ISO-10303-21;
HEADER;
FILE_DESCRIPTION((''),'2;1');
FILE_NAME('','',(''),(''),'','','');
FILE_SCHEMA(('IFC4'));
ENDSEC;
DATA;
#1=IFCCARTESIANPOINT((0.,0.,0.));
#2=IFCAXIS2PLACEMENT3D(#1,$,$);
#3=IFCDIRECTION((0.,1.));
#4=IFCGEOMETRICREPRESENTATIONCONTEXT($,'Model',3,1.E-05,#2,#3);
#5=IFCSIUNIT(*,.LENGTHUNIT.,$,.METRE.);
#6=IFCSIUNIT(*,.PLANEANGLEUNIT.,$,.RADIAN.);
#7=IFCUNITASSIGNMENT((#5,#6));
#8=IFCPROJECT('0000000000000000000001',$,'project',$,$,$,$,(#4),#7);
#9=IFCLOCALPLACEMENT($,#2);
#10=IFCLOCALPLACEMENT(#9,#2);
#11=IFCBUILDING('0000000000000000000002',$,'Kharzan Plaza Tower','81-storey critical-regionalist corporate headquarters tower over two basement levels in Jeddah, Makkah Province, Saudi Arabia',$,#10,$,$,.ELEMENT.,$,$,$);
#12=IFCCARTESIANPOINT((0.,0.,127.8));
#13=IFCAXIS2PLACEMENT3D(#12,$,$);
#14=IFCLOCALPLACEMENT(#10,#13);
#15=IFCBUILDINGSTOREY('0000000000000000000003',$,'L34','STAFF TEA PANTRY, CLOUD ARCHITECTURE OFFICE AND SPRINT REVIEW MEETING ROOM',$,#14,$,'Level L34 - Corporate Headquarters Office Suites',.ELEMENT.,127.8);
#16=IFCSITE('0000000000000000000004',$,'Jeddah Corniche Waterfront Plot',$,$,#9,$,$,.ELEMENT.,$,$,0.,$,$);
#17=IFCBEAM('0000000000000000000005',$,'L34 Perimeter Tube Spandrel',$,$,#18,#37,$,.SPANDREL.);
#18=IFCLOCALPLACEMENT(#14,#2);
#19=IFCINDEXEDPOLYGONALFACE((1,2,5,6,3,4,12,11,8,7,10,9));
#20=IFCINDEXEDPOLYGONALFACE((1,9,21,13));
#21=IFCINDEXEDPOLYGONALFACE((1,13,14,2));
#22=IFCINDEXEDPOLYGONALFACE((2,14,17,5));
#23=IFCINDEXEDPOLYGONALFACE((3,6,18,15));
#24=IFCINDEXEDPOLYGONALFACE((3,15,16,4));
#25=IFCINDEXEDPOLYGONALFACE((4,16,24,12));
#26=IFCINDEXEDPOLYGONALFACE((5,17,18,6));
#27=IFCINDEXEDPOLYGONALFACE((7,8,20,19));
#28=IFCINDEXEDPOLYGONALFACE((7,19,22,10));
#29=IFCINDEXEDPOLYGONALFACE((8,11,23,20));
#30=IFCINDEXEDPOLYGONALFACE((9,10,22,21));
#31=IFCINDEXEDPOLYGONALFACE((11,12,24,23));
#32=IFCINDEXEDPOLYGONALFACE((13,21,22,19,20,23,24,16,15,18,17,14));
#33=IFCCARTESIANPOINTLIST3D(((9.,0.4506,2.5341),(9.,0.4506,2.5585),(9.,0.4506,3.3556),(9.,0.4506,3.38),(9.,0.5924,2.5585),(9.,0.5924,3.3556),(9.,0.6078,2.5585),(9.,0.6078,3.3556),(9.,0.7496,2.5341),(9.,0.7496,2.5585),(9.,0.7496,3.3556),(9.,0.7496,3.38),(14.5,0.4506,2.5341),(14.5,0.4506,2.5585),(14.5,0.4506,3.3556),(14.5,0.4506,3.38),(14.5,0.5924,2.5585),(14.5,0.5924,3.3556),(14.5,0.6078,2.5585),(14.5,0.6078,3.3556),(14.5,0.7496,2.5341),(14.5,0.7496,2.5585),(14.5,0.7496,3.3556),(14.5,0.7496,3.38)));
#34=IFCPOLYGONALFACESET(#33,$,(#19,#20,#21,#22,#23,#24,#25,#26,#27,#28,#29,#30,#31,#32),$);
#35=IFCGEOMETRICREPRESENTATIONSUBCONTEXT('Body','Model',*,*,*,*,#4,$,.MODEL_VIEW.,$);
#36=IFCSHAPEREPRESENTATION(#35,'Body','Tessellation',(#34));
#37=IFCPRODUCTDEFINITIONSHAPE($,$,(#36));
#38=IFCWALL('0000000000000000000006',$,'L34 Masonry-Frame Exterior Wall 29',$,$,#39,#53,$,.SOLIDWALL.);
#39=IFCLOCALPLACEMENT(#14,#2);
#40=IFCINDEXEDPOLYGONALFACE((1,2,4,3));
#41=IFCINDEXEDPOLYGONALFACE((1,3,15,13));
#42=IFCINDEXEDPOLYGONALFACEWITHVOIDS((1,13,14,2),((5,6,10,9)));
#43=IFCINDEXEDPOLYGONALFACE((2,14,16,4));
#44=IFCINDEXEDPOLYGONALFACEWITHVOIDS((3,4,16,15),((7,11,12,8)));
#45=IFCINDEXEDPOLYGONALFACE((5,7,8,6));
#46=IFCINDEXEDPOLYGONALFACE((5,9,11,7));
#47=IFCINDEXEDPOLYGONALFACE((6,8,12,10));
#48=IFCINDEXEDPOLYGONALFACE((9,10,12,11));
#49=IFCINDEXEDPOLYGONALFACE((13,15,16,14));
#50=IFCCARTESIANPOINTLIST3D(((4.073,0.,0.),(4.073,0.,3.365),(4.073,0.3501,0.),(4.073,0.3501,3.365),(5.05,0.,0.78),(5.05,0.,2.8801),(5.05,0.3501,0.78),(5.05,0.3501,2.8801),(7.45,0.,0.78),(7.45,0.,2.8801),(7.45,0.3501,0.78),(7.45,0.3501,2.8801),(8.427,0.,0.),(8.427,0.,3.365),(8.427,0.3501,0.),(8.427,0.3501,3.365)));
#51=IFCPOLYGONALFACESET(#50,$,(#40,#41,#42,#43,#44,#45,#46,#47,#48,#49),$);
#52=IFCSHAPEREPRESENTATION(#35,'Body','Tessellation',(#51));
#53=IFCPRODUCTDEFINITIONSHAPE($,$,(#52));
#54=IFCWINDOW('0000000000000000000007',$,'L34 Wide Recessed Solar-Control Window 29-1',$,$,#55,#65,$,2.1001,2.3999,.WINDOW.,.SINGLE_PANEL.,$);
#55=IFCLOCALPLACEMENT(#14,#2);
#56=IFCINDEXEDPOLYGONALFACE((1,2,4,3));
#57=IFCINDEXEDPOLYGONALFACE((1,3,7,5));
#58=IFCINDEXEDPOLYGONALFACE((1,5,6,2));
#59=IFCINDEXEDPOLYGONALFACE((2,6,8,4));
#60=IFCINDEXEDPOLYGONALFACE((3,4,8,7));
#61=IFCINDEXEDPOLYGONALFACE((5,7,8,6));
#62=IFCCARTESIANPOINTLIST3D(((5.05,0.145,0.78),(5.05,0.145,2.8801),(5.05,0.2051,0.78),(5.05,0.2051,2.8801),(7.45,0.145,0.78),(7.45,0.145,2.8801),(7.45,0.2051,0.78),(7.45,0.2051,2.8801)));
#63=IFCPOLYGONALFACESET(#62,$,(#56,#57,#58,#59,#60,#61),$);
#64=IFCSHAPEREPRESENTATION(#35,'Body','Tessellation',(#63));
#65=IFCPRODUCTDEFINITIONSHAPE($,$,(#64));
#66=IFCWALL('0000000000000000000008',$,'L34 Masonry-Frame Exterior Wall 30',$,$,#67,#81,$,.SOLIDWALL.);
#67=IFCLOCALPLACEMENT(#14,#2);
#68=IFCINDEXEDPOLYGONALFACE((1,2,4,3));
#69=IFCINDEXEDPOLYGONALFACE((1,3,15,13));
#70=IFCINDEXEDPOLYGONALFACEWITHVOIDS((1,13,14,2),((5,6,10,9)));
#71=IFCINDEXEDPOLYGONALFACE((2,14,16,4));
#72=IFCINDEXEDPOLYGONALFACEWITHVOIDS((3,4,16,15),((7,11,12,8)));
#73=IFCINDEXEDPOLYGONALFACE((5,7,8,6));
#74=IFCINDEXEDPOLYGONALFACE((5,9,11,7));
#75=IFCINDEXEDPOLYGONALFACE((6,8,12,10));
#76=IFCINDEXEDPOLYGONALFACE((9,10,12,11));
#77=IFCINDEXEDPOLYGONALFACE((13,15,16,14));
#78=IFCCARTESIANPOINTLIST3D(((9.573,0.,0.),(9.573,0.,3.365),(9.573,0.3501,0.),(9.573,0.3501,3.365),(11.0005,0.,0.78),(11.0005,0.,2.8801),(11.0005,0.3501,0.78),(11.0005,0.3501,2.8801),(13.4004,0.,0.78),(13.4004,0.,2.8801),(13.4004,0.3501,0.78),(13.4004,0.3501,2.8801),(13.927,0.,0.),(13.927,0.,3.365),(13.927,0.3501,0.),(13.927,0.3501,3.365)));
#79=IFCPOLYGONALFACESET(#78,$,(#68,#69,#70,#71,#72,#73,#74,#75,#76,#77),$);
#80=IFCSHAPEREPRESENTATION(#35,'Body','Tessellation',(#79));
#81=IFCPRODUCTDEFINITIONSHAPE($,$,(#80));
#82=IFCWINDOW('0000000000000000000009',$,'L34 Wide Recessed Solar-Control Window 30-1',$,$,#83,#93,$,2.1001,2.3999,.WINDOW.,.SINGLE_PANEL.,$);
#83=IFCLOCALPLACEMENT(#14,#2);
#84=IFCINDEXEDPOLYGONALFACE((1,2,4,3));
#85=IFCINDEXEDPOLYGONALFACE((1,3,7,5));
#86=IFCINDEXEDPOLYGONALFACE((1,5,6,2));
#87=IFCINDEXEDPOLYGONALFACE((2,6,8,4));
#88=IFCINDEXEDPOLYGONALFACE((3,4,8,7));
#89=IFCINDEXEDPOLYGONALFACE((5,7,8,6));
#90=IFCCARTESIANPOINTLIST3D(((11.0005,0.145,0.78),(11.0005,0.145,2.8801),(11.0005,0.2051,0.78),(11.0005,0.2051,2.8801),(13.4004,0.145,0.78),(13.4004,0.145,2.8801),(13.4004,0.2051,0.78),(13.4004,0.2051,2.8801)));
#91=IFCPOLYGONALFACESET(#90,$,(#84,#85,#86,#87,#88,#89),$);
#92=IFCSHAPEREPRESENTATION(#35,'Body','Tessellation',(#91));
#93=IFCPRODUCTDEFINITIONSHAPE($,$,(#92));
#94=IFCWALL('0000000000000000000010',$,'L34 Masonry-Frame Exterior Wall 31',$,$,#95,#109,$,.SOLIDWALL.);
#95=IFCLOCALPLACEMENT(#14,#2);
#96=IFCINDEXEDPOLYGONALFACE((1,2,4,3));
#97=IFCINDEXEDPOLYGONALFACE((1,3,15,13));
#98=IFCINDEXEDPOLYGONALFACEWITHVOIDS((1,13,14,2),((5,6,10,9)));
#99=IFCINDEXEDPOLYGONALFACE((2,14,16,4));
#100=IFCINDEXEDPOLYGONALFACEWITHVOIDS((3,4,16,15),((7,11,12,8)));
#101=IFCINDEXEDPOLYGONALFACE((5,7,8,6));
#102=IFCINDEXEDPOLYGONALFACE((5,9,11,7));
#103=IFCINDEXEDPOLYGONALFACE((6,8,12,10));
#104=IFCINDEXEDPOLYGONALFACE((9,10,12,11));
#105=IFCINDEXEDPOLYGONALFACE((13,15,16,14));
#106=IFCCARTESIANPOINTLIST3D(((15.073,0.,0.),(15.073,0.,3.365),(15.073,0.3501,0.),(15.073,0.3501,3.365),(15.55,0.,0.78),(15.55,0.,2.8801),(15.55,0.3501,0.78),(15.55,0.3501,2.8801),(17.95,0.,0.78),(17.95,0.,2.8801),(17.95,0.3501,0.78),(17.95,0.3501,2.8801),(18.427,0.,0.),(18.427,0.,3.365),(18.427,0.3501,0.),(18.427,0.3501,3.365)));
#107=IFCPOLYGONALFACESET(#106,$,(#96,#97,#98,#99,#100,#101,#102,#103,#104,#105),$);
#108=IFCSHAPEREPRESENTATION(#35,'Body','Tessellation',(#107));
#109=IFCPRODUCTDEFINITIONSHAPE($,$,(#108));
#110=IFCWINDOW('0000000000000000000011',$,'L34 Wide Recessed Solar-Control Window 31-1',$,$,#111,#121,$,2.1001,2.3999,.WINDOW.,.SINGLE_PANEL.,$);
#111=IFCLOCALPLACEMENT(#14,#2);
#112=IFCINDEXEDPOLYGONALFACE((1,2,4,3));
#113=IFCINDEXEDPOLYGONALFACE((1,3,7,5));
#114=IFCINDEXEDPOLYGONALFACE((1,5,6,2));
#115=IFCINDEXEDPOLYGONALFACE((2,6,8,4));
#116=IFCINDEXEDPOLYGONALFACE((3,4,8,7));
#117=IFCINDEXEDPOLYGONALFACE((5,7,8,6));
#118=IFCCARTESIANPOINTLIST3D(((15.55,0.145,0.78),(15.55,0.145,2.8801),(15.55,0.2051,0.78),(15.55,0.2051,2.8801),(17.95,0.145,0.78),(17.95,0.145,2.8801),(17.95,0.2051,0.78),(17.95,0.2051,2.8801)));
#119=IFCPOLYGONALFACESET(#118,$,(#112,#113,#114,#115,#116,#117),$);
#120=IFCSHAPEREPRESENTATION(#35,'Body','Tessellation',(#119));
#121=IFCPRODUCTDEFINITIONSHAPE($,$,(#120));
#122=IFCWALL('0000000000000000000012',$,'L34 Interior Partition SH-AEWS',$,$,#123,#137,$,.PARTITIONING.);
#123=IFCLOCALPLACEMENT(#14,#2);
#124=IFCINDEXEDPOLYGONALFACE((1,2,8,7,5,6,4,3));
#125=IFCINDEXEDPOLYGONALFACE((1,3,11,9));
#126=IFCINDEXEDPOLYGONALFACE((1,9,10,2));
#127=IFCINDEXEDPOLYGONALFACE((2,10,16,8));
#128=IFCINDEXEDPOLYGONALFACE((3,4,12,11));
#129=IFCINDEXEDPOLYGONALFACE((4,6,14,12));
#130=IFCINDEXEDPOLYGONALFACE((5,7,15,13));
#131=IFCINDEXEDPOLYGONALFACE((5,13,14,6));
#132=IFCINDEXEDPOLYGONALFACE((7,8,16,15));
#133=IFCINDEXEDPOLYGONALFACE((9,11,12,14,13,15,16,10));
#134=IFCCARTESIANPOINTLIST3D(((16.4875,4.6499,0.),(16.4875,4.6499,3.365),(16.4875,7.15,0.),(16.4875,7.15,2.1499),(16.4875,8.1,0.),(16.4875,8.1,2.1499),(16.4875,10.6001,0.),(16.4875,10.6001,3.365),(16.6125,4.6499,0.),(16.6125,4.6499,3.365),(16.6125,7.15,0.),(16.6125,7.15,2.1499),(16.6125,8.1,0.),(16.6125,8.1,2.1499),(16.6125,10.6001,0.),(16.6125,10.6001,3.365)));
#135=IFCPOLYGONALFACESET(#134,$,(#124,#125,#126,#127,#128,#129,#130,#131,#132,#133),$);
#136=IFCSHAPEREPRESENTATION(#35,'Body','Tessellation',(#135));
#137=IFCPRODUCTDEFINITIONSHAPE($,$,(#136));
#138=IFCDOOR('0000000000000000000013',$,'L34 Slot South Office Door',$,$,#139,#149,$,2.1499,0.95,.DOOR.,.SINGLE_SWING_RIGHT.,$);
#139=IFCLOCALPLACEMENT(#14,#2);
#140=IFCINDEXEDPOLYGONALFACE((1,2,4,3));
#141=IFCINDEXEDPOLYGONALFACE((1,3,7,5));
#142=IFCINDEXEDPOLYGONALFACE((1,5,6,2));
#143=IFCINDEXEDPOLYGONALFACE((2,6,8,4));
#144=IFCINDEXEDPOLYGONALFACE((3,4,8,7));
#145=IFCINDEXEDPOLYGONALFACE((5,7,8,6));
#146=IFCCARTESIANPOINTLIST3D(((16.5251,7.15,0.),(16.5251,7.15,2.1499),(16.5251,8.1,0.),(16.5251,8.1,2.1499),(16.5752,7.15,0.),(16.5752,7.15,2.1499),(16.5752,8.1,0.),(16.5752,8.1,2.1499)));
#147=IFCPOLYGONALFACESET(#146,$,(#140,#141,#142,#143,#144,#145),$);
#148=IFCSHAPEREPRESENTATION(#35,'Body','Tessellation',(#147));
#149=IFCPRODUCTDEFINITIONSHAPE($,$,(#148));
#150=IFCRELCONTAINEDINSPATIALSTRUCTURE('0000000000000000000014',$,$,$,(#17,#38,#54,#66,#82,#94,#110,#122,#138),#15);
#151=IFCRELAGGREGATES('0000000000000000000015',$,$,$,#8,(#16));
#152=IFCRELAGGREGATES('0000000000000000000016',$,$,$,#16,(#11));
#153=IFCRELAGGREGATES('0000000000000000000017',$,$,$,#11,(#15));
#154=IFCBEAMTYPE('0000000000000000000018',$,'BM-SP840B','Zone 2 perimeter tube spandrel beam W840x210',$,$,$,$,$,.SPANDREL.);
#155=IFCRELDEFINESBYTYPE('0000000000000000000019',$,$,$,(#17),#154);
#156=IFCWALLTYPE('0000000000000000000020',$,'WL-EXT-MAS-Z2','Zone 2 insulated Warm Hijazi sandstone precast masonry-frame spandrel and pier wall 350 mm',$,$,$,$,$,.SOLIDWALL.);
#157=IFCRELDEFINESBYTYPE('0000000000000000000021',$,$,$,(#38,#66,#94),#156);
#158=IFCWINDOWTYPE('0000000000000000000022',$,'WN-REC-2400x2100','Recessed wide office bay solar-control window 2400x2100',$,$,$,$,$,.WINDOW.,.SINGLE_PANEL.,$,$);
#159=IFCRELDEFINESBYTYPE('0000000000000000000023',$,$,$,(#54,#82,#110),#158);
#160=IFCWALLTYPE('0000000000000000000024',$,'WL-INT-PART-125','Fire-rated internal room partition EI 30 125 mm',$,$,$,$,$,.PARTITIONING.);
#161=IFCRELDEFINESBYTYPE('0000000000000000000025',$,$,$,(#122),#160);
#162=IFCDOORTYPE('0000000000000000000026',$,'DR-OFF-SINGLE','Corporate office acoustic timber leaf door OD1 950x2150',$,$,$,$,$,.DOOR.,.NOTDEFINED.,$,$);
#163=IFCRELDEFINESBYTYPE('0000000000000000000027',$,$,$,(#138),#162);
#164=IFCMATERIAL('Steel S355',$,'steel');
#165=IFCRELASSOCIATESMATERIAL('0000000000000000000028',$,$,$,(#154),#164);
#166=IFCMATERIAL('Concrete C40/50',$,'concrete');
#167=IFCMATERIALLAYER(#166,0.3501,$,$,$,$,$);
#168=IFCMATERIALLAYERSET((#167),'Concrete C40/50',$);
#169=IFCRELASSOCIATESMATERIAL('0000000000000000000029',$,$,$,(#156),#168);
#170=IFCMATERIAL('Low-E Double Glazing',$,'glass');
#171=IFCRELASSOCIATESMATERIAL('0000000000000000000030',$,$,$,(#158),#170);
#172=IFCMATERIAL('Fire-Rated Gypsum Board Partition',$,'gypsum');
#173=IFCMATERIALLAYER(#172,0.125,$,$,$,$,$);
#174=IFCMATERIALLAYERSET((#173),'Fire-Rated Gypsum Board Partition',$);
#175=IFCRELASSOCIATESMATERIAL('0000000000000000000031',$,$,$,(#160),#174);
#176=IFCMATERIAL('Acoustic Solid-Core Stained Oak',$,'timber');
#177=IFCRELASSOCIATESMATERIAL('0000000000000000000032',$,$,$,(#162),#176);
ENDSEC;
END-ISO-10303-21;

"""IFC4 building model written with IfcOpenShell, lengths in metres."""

from ifc_helpers import new_model, si_unit, direction, frame, frame_2d, origin, origin_2d, place, context, subcontext, project, spatial, rectangle, i_section, extrude, source, transform, mapped, material, layer, layer_set, material_profile, profile_set, type_object, element, fill, save


model = new_model("IFC4")

# Units and contexts
model_context = context("Model", 3, precision=1e-05, world=origin(), true_north=direction((0.0, 1.0)))
body_context = subcontext(model_context, "Body", "Model", "MODEL_VIEW")
ifc_project = project(units=[si_unit("LENGTHUNIT", "METRE"), si_unit("PLANEANGLEUNIT", "RADIAN")], contexts=[model_context])

# Site, building, storey
site_placement = place(None, origin())
site = spatial("IfcSite", under=ifc_project, at=site_placement, Name="Jeddah Corniche Waterfront Plot", CompositionType="ELEMENT", RefElevation=0.0)
building_placement = place(site_placement, origin())
building = spatial("IfcBuilding", under=site, at=building_placement, Name="Kharzan Plaza Tower", Description="81-storey critical-regionalist corporate headquarters tower over two basement levels in Jeddah, Makkah Province, Saudi Arabia", CompositionType="ELEMENT")
storey_placement = place(building_placement, frame((0.0, 0.0, 127.8)))
storey = spatial("IfcBuildingStorey", under=building, at=storey_placement, Name="L34", Description="STAFF TEA PANTRY, CLOUD ARCHITECTURE OFFICE AND SPRINT REVIEW MEETING ROOM", LongName="Level L34 - Corporate Headquarters Office Suites", CompositionType="ELEMENT", Elevation=127.8)

# Beam
ifc_material_1 = material(Name="Steel S355", Category="steel")
ifc_material_profile_1 = material_profile(ifc_material_1, i_section(OverallWidth=0.2991, OverallDepth=0.8459, WebThickness=0.0154, FlangeThickness=0.0244, at=origin_2d()), Name="W840x210")
ifc_profile_set_1 = profile_set([ifc_material_profile_1], Name="Steel S355")
beam_type_1 = type_object("IfcBeamType", Name="BM-SP840B", Description="Zone 2 perimeter tube spandrel beam W840x210", PredefinedType="SPANDREL", material=ifc_profile_set_1)
shared_shape_1 = source(origin(), body_context, "Body", "SweptSolid", [
    extrude(i_section(OverallWidth=0.2991, OverallDepth=0.8459, WebThickness=0.0154, FlangeThickness=0.0244, at=origin_2d()), origin(), (0.0, 0.0, 1.0), 5.5),
])
beam_1_placement = place(storey_placement, frame((9.0, 0.6001, 2.957), z_axis=(1.0, 0.0, 0.0), x_axis=(0.0, 1.0, 0.0)))
element("IfcBeam", 1, at=beam_1_placement, inside=storey, type_object=beam_type_1, Name="L34 Perimeter Tube Spandrel", PredefinedType="SPANDREL", context=body_context, shape_type="MappedRepresentation", body=[
    mapped(shared_shape_1, transform((0.0, 0.0, 0.0), x_axis=(1.0, 0.0, 0.0), y_axis=(0.0, 1.0, 0.0), z_axis=(0.0, 0.0, 1.0))),
])

# Walls, openings, windows
ifc_material_2 = material(Name="Concrete C40/50", Category="concrete")
ifc_layer_1 = layer(ifc_material_2, 0.3501)
ifc_layer_set_1 = layer_set([ifc_layer_1], Name="Concrete C40/50")
wall_type_1 = type_object("IfcWallType", Name="WL-EXT-MAS-Z2", Description="Zone 2 insulated Warm Hijazi sandstone precast masonry-frame spandrel and pier wall 350 mm", PredefinedType="SOLIDWALL", material=ifc_layer_set_1)
wall_1_placement = place(storey_placement, frame((4.073, 0.175, 0.0), z_axis=(0.0, 0.0, 1.0), x_axis=(1.0, 0.0, 0.0)))
wall_1 = element("IfcWall", 2, at=wall_1_placement, inside=storey, type_object=wall_type_1, Name="L34 Masonry-Frame Exterior Wall 29", PredefinedType="SOLIDWALL", context=body_context, shape_type="SweptSolid", body=[
    extrude(rectangle(XDim=4.354, YDim=0.3501, at=frame_2d((2.177, 0.0))), origin(), (0.0, 0.0, 1.0), 3.365),
])
opening_1_placement = place(wall_1_placement, frame((0.9771, 0.0, 0.78)))
opening_1 = element("IfcOpeningElement", 3, at=opening_1_placement, cuts=wall_1, PredefinedType="OPENING", context=body_context, shape_type="SweptSolid", body=[
    extrude(rectangle(XDim=2.3999, YDim=2.1001, at=frame_2d((1.2, 1.05))), frame((0.0, 0.1851, 0.0), z_axis=(0.0, -1.0, 0.0), x_axis=(1.0, 0.0, 0.0)), (0.0, 0.0, 1.0), 0.3701),
])
ifc_material_3 = material(Name="Low-E Double Glazing", Category="glass")
window_type = type_object("IfcWindowType", Name="WN-REC-2400x2100", Description="Recessed wide office bay solar-control window 2400x2100", PartitioningType="SINGLE_PANEL", PredefinedType="WINDOW", material=ifc_material_3)
shared_shape_2 = source(origin(), body_context, "Body", "SweptSolid", [
    extrude(rectangle(XDim=2.3999, YDim=2.1001, at=frame_2d((1.2, 1.05))), frame((0.0, 0.03, 0.0), z_axis=(0.0, -1.0, 0.0), x_axis=(1.0, 0.0, 0.0)), (0.0, 0.0, 1.0), 0.0601),
])
window_1_placement = place(opening_1_placement, origin())
window_1 = element("IfcWindow", 4, at=window_1_placement, inside=storey, type_object=window_type, Name="L34 Wide Recessed Solar-Control Window 29-1", OverallHeight=2.1001, OverallWidth=2.3999, PartitioningType="SINGLE_PANEL", PredefinedType="WINDOW", context=body_context, shape_type="MappedRepresentation", body=[
    mapped(shared_shape_2, transform((0.0, 0.0, 0.0), x_axis=(1.0, 0.0, 0.0), y_axis=(0.0, 1.0, 0.0), z_axis=(0.0, 0.0, 1.0))),
])
fill(opening_1, window_1)
wall_2_placement = place(storey_placement, frame((9.573, 0.175, 0.0), z_axis=(0.0, 0.0, 1.0), x_axis=(1.0, 0.0, 0.0)))
wall_2 = element("IfcWall", 5, at=wall_2_placement, inside=storey, type_object=wall_type_1, Name="L34 Masonry-Frame Exterior Wall 30", PredefinedType="SOLIDWALL", context=body_context, shape_type="SweptSolid", body=[
    extrude(rectangle(XDim=4.354, YDim=0.3501, at=frame_2d((2.177, 0.0))), origin(), (0.0, 0.0, 1.0), 3.365),
])
opening_2_placement = place(wall_2_placement, frame((1.4275, 0.0, 0.78)))
opening_2 = element("IfcOpeningElement", 6, at=opening_2_placement, cuts=wall_2, PredefinedType="OPENING", context=body_context, shape_type="SweptSolid", body=[
    extrude(rectangle(XDim=2.3999, YDim=2.1001, at=frame_2d((1.2, 1.05))), frame((0.0, 0.1851, 0.0), z_axis=(0.0, -1.0, 0.0), x_axis=(1.0, 0.0, 0.0)), (0.0, 0.0, 1.0), 0.3701),
])
window_2_placement = place(opening_2_placement, origin())
window_2 = element("IfcWindow", 7, at=window_2_placement, inside=storey, type_object=window_type, Name="L34 Wide Recessed Solar-Control Window 30-1", OverallHeight=2.1001, OverallWidth=2.3999, PartitioningType="SINGLE_PANEL", PredefinedType="WINDOW", context=body_context, shape_type="MappedRepresentation", body=[
    mapped(shared_shape_2, transform((0.0, 0.0, 0.0), x_axis=(1.0, 0.0, 0.0), y_axis=(0.0, 1.0, 0.0), z_axis=(0.0, 0.0, 1.0))),
])
fill(opening_2, window_2)
wall_3_placement = place(storey_placement, frame((15.073, 0.175, 0.0), z_axis=(0.0, 0.0, 1.0), x_axis=(1.0, 0.0, 0.0)))
wall_3 = element("IfcWall", 8, at=wall_3_placement, inside=storey, type_object=wall_type_1, Name="L34 Masonry-Frame Exterior Wall 31", PredefinedType="SOLIDWALL", context=body_context, shape_type="SweptSolid", body=[
    extrude(rectangle(XDim=3.354, YDim=0.3501, at=frame_2d((1.677, 0.0))), origin(), (0.0, 0.0, 1.0), 3.365),
])
opening_3_placement = place(wall_3_placement, frame((0.4771, 0.0, 0.78)))
opening_3 = element("IfcOpeningElement", 9, at=opening_3_placement, cuts=wall_3, PredefinedType="OPENING", context=body_context, shape_type="SweptSolid", body=[
    extrude(rectangle(XDim=2.3999, YDim=2.1001, at=frame_2d((1.2, 1.05))), frame((0.0, 0.1851, 0.0), z_axis=(0.0, -1.0, 0.0), x_axis=(1.0, 0.0, 0.0)), (0.0, 0.0, 1.0), 0.3701),
])
window_3_placement = place(opening_3_placement, origin())
window_3 = element("IfcWindow", 10, at=window_3_placement, inside=storey, type_object=window_type, Name="L34 Wide Recessed Solar-Control Window 31-1", OverallHeight=2.1001, OverallWidth=2.3999, PartitioningType="SINGLE_PANEL", PredefinedType="WINDOW", context=body_context, shape_type="MappedRepresentation", body=[
    mapped(shared_shape_2, transform((0.0, 0.0, 0.0), x_axis=(1.0, 0.0, 0.0), y_axis=(0.0, 1.0, 0.0), z_axis=(0.0, 0.0, 1.0))),
])
fill(opening_3, window_3)

# Wall, opening, door
ifc_material_4 = material(Name="Fire-Rated Gypsum Board Partition", Category="gypsum")
ifc_layer_2 = layer(ifc_material_4, 0.125)
ifc_layer_set_2 = layer_set([ifc_layer_2], Name="Fire-Rated Gypsum Board Partition")
wall_type_2 = type_object("IfcWallType", Name="WL-INT-PART-125", Description="Fire-rated internal room partition EI 30 125 mm", PredefinedType="PARTITIONING", material=ifc_layer_set_2)
wall_4_placement = place(storey_placement, frame((16.55, 4.6499, 0.0), z_axis=(0.0, 0.0, 1.0), x_axis=(0.0, 1.0, 0.0)))
wall_4 = element("IfcWall", 11, at=wall_4_placement, inside=storey, type_object=wall_type_2, Name="L34 Interior Partition SH-AEWS", PredefinedType="PARTITIONING", context=body_context, shape_type="SweptSolid", body=[
    extrude(rectangle(XDim=5.9502, YDim=0.125, at=frame_2d((2.9751, 0.0))), origin(), (0.0, 0.0, 1.0), 3.365),
])
opening_4_placement = place(wall_4_placement, frame((2.5, 0.0, 0.0)))
opening_4 = element("IfcOpeningElement", 12, at=opening_4_placement, cuts=wall_4, PredefinedType="OPENING", context=body_context, shape_type="SweptSolid", body=[
    extrude(rectangle(XDim=0.95, YDim=2.1499, at=frame_2d((0.4751, 1.075))), frame((0.0, 0.0725, 0.0), z_axis=(0.0, -1.0, 0.0), x_axis=(1.0, 0.0, 0.0)), (0.0, 0.0, 1.0), 0.145),
])
ifc_material_5 = material(Name="Acoustic Solid-Core Stained Oak", Category="timber")
door_type = type_object("IfcDoorType", Name="DR-OFF-SINGLE", Description="Corporate office acoustic timber leaf door OD1 950x2150", OperationType="NOTDEFINED", PredefinedType="DOOR", material=ifc_material_5)
shared_shape_3 = source(origin(), body_context, "Body", "SweptSolid", [
    extrude(rectangle(XDim=0.95, YDim=2.1499, at=frame_2d((0.4751, 1.075))), frame((0.0, 0.0249, 0.0), z_axis=(0.0, -1.0, 0.0), x_axis=(1.0, 0.0, 0.0)), (0.0, 0.0, 1.0), 0.05),
])
door_1_placement = place(opening_4_placement, origin())
door_1 = element("IfcDoor", 13, at=door_1_placement, inside=storey, type_object=door_type, Name="L34 Slot South Office Door", OperationType="SINGLE_SWING_RIGHT", OverallHeight=2.1499, OverallWidth=0.95, PredefinedType="DOOR", context=body_context, shape_type="MappedRepresentation", body=[
    mapped(shared_shape_3, transform((0.0, 0.0, 0.0), x_axis=(1.0, 0.0, 0.0), y_axis=(0.0, 1.0, 0.0), z_axis=(0.0, 0.0, 1.0))),
])
fill(opening_4, door_1)

save(model, "model.ifc")
